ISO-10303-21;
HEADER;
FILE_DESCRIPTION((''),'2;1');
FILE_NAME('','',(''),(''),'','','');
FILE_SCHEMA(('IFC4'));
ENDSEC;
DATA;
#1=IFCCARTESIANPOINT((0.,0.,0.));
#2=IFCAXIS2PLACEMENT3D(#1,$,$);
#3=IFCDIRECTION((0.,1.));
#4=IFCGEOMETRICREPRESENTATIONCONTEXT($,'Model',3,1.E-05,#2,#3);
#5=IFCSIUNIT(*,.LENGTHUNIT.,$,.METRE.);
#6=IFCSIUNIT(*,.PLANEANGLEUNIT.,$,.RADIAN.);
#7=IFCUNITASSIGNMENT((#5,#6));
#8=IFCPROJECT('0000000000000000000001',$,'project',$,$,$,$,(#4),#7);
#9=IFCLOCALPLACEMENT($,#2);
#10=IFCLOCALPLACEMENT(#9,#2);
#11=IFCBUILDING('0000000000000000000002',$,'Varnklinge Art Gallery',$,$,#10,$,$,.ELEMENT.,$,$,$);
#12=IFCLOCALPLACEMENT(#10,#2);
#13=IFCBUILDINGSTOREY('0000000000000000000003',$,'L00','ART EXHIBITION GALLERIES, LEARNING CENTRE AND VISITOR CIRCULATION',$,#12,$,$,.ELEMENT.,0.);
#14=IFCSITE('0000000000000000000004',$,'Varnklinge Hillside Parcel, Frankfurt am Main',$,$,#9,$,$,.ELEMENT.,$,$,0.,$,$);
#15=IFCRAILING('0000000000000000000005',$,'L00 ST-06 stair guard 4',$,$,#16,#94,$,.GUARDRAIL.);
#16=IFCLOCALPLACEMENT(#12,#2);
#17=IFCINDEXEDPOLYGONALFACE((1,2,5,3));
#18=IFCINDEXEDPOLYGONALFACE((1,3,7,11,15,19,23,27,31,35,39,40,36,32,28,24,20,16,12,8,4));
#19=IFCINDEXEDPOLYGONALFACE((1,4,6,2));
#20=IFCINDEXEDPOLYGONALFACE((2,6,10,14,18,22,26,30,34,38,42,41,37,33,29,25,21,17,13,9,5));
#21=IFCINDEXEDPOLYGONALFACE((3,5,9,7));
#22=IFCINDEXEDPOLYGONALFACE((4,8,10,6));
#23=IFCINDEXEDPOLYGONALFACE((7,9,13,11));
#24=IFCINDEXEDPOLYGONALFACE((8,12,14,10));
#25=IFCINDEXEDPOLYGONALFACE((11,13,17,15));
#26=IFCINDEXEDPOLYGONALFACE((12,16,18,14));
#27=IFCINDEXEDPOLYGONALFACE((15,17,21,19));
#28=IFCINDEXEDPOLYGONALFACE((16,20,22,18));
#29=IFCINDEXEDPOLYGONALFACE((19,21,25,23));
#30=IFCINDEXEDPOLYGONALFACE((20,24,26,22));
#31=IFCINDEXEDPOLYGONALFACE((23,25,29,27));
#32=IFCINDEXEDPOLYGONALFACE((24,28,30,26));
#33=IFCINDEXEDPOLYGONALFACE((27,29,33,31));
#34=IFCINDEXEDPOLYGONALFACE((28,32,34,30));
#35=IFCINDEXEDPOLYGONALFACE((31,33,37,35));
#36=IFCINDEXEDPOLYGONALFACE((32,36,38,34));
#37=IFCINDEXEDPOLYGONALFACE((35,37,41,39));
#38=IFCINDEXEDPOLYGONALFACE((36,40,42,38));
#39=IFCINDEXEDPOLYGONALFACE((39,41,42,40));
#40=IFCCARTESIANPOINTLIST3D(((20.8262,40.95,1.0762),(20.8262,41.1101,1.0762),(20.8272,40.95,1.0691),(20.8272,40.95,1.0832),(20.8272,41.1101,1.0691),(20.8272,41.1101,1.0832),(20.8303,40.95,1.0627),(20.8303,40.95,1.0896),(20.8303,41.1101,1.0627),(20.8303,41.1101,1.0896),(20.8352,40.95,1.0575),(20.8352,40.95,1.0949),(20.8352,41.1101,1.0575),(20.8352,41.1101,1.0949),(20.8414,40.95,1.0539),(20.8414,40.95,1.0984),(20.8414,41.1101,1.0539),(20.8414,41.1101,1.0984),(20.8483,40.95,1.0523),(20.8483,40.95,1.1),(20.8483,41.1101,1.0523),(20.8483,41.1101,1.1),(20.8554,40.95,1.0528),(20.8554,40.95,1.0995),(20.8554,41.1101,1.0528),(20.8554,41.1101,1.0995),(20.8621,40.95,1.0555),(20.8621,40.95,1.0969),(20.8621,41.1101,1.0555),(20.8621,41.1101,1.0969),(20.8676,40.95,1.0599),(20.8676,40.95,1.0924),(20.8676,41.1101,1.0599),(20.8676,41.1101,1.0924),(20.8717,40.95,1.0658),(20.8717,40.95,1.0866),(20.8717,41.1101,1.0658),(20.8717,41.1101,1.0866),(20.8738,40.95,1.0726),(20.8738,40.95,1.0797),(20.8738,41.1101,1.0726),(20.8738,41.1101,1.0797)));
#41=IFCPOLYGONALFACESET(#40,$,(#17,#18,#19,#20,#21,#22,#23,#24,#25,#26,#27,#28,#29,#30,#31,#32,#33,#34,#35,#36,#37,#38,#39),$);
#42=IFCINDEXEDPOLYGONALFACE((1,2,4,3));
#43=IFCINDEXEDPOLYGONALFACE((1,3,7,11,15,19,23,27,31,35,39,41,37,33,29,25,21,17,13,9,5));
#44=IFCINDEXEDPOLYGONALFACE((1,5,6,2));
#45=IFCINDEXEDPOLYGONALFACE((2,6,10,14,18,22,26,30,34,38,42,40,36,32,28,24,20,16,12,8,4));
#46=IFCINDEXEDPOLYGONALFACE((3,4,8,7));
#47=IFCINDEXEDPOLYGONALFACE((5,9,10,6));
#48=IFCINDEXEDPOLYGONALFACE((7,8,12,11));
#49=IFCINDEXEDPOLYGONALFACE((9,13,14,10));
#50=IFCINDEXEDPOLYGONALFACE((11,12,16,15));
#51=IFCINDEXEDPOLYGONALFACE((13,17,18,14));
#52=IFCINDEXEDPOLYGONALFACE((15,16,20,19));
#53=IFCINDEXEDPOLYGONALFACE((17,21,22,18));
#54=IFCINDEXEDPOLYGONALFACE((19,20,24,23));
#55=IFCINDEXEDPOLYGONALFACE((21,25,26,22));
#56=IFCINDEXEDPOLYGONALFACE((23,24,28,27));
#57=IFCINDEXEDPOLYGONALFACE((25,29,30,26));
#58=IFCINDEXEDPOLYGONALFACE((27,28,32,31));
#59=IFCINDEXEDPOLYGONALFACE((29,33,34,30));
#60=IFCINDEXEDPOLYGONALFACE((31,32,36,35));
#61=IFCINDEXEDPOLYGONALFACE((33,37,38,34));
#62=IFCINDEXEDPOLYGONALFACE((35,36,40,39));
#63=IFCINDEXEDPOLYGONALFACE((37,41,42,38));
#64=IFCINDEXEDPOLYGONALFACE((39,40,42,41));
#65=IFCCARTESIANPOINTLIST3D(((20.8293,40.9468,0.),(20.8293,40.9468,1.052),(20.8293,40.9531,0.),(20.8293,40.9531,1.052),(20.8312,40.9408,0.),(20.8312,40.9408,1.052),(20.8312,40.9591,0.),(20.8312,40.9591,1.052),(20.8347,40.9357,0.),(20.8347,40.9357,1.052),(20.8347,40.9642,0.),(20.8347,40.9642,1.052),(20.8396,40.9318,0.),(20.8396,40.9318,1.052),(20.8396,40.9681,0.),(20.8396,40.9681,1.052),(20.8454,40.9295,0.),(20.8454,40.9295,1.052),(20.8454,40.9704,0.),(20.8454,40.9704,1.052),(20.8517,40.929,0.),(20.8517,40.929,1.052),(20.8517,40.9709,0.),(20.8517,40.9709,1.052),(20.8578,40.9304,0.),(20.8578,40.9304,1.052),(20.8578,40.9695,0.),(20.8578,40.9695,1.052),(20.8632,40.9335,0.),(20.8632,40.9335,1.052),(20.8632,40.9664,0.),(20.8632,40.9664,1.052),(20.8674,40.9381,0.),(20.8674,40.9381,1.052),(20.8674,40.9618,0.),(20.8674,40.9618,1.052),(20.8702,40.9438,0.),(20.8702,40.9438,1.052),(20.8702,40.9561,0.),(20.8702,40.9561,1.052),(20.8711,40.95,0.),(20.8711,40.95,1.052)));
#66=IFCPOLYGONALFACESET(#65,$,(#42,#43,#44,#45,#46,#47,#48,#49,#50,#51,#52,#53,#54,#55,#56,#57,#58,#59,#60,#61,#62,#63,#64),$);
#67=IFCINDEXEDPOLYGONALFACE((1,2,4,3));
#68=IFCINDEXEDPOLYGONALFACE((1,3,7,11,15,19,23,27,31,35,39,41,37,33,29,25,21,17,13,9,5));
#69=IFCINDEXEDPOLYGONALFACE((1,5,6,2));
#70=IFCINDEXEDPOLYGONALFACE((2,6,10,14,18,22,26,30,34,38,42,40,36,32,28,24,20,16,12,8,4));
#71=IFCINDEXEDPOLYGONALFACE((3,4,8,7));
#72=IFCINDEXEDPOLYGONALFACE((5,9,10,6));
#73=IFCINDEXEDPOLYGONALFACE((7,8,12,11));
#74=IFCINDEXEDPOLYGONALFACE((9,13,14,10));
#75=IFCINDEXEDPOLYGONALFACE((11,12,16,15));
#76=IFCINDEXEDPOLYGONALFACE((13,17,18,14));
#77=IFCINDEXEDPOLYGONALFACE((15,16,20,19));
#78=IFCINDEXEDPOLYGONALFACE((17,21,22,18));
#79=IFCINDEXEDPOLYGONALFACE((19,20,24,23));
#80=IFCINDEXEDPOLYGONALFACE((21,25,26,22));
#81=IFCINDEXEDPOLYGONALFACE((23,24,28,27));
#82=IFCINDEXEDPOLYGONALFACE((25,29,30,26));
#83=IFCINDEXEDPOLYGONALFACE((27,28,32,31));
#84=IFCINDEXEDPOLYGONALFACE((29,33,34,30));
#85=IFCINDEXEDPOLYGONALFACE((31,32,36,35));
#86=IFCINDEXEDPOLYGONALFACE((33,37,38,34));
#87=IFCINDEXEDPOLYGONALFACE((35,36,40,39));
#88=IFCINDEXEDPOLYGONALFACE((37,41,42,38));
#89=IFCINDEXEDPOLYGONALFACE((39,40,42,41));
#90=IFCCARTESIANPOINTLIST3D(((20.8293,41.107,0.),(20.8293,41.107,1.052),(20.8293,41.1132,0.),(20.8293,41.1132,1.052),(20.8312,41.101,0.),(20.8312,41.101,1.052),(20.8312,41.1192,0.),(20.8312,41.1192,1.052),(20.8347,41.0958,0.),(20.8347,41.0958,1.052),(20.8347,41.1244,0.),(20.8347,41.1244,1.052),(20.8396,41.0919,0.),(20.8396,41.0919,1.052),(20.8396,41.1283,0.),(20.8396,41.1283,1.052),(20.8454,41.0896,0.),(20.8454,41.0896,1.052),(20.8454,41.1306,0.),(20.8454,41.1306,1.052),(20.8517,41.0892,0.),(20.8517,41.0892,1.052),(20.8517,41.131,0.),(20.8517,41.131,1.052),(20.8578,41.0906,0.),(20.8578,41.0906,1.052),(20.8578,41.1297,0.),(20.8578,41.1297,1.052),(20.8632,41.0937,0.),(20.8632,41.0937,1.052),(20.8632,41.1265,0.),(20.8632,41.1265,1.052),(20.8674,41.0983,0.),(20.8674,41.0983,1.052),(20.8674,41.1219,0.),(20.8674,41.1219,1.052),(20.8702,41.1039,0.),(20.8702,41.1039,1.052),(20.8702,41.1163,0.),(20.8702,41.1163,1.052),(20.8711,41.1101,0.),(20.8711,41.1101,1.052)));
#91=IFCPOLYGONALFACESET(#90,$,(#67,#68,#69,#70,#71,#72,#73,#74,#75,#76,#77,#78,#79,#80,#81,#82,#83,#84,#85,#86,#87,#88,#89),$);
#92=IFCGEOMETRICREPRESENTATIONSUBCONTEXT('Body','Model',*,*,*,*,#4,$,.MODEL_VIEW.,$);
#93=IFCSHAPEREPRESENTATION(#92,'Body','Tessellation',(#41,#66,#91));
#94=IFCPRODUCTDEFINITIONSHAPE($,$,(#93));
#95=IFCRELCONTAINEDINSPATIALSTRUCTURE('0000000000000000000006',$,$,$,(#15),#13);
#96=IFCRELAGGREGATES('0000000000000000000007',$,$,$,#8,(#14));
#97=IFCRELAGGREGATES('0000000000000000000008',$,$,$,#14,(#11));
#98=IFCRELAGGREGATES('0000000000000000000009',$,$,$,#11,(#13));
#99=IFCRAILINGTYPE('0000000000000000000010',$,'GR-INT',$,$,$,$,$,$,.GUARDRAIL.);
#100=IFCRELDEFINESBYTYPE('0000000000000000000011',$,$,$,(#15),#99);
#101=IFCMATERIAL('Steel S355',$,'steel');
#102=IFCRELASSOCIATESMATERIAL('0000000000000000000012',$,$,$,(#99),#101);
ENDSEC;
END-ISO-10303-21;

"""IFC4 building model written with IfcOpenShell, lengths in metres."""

from ifc_helpers import new_model, si_unit, direction, frame, origin, origin_2d, place, context, subcontext, project, spatial, circle, extrude, material, type_object, element, save


model = new_model("IFC4")

# Units and contexts
model_context = context("Model", 3, precision=1e-05, world=origin(), true_north=direction((0.0, 1.0)))
body_context = subcontext(model_context, "Body", "Model", "MODEL_VIEW")
ifc_project = project(units=[si_unit("LENGTHUNIT", "METRE"), si_unit("PLANEANGLEUNIT", "RADIAN")], contexts=[model_context])

# Site, building, storey
site_placement = place(None, origin())
site = spatial("IfcSite", under=ifc_project, at=site_placement, Name="Varnklinge Hillside Parcel, Frankfurt am Main", CompositionType="ELEMENT", RefElevation=0.0)
building_placement = place(site_placement, origin())
building = spatial("IfcBuilding", under=site, at=building_placement, Name="Varnklinge Art Gallery", CompositionType="ELEMENT")
storey_placement = place(building_placement, origin())
storey = spatial("IfcBuildingStorey", under=building, at=storey_placement, Name="L00", Description="ART EXHIBITION GALLERIES, LEARNING CENTRE AND VISITOR CIRCULATION", CompositionType="ELEMENT", Elevation=0.0)

# Railing
ifc_material_1 = material(Name="Steel S355", Category="steel")
railing_type_1 = type_object("IfcRailingType", Name="GR-INT", PredefinedType="GUARDRAIL", material=ifc_material_1)
railing_1_placement = place(storey_placement, frame((20.8501, 40.95, 0.0)))
element("IfcRailing", 1, at=railing_1_placement, inside=storey, type_object=railing_type_1, Name="L00 ST-06 stair guard 4", PredefinedType="GUARDRAIL", context=body_context, shape_type="SweptSolid", body=[
    extrude(circle(Radius=0.0239, at=origin_2d()), frame((0.0, 0.0, 1.0762), z_axis=(0.0, 1.0, 0.0), x_axis=(-1.0, 0.0, 0.0)), (0.0, 0.0, 1.0), 0.1602),
    extrude(circle(Radius=0.021, at=origin_2d()), origin(), (0.0, 0.0, 1.0), 1.052),
    extrude(circle(Radius=0.021, at=origin_2d()), frame((0.0, 0.1602, 0.0)), (0.0, 0.0, 1.0), 1.052),
])

save(model, "model.ifc")
